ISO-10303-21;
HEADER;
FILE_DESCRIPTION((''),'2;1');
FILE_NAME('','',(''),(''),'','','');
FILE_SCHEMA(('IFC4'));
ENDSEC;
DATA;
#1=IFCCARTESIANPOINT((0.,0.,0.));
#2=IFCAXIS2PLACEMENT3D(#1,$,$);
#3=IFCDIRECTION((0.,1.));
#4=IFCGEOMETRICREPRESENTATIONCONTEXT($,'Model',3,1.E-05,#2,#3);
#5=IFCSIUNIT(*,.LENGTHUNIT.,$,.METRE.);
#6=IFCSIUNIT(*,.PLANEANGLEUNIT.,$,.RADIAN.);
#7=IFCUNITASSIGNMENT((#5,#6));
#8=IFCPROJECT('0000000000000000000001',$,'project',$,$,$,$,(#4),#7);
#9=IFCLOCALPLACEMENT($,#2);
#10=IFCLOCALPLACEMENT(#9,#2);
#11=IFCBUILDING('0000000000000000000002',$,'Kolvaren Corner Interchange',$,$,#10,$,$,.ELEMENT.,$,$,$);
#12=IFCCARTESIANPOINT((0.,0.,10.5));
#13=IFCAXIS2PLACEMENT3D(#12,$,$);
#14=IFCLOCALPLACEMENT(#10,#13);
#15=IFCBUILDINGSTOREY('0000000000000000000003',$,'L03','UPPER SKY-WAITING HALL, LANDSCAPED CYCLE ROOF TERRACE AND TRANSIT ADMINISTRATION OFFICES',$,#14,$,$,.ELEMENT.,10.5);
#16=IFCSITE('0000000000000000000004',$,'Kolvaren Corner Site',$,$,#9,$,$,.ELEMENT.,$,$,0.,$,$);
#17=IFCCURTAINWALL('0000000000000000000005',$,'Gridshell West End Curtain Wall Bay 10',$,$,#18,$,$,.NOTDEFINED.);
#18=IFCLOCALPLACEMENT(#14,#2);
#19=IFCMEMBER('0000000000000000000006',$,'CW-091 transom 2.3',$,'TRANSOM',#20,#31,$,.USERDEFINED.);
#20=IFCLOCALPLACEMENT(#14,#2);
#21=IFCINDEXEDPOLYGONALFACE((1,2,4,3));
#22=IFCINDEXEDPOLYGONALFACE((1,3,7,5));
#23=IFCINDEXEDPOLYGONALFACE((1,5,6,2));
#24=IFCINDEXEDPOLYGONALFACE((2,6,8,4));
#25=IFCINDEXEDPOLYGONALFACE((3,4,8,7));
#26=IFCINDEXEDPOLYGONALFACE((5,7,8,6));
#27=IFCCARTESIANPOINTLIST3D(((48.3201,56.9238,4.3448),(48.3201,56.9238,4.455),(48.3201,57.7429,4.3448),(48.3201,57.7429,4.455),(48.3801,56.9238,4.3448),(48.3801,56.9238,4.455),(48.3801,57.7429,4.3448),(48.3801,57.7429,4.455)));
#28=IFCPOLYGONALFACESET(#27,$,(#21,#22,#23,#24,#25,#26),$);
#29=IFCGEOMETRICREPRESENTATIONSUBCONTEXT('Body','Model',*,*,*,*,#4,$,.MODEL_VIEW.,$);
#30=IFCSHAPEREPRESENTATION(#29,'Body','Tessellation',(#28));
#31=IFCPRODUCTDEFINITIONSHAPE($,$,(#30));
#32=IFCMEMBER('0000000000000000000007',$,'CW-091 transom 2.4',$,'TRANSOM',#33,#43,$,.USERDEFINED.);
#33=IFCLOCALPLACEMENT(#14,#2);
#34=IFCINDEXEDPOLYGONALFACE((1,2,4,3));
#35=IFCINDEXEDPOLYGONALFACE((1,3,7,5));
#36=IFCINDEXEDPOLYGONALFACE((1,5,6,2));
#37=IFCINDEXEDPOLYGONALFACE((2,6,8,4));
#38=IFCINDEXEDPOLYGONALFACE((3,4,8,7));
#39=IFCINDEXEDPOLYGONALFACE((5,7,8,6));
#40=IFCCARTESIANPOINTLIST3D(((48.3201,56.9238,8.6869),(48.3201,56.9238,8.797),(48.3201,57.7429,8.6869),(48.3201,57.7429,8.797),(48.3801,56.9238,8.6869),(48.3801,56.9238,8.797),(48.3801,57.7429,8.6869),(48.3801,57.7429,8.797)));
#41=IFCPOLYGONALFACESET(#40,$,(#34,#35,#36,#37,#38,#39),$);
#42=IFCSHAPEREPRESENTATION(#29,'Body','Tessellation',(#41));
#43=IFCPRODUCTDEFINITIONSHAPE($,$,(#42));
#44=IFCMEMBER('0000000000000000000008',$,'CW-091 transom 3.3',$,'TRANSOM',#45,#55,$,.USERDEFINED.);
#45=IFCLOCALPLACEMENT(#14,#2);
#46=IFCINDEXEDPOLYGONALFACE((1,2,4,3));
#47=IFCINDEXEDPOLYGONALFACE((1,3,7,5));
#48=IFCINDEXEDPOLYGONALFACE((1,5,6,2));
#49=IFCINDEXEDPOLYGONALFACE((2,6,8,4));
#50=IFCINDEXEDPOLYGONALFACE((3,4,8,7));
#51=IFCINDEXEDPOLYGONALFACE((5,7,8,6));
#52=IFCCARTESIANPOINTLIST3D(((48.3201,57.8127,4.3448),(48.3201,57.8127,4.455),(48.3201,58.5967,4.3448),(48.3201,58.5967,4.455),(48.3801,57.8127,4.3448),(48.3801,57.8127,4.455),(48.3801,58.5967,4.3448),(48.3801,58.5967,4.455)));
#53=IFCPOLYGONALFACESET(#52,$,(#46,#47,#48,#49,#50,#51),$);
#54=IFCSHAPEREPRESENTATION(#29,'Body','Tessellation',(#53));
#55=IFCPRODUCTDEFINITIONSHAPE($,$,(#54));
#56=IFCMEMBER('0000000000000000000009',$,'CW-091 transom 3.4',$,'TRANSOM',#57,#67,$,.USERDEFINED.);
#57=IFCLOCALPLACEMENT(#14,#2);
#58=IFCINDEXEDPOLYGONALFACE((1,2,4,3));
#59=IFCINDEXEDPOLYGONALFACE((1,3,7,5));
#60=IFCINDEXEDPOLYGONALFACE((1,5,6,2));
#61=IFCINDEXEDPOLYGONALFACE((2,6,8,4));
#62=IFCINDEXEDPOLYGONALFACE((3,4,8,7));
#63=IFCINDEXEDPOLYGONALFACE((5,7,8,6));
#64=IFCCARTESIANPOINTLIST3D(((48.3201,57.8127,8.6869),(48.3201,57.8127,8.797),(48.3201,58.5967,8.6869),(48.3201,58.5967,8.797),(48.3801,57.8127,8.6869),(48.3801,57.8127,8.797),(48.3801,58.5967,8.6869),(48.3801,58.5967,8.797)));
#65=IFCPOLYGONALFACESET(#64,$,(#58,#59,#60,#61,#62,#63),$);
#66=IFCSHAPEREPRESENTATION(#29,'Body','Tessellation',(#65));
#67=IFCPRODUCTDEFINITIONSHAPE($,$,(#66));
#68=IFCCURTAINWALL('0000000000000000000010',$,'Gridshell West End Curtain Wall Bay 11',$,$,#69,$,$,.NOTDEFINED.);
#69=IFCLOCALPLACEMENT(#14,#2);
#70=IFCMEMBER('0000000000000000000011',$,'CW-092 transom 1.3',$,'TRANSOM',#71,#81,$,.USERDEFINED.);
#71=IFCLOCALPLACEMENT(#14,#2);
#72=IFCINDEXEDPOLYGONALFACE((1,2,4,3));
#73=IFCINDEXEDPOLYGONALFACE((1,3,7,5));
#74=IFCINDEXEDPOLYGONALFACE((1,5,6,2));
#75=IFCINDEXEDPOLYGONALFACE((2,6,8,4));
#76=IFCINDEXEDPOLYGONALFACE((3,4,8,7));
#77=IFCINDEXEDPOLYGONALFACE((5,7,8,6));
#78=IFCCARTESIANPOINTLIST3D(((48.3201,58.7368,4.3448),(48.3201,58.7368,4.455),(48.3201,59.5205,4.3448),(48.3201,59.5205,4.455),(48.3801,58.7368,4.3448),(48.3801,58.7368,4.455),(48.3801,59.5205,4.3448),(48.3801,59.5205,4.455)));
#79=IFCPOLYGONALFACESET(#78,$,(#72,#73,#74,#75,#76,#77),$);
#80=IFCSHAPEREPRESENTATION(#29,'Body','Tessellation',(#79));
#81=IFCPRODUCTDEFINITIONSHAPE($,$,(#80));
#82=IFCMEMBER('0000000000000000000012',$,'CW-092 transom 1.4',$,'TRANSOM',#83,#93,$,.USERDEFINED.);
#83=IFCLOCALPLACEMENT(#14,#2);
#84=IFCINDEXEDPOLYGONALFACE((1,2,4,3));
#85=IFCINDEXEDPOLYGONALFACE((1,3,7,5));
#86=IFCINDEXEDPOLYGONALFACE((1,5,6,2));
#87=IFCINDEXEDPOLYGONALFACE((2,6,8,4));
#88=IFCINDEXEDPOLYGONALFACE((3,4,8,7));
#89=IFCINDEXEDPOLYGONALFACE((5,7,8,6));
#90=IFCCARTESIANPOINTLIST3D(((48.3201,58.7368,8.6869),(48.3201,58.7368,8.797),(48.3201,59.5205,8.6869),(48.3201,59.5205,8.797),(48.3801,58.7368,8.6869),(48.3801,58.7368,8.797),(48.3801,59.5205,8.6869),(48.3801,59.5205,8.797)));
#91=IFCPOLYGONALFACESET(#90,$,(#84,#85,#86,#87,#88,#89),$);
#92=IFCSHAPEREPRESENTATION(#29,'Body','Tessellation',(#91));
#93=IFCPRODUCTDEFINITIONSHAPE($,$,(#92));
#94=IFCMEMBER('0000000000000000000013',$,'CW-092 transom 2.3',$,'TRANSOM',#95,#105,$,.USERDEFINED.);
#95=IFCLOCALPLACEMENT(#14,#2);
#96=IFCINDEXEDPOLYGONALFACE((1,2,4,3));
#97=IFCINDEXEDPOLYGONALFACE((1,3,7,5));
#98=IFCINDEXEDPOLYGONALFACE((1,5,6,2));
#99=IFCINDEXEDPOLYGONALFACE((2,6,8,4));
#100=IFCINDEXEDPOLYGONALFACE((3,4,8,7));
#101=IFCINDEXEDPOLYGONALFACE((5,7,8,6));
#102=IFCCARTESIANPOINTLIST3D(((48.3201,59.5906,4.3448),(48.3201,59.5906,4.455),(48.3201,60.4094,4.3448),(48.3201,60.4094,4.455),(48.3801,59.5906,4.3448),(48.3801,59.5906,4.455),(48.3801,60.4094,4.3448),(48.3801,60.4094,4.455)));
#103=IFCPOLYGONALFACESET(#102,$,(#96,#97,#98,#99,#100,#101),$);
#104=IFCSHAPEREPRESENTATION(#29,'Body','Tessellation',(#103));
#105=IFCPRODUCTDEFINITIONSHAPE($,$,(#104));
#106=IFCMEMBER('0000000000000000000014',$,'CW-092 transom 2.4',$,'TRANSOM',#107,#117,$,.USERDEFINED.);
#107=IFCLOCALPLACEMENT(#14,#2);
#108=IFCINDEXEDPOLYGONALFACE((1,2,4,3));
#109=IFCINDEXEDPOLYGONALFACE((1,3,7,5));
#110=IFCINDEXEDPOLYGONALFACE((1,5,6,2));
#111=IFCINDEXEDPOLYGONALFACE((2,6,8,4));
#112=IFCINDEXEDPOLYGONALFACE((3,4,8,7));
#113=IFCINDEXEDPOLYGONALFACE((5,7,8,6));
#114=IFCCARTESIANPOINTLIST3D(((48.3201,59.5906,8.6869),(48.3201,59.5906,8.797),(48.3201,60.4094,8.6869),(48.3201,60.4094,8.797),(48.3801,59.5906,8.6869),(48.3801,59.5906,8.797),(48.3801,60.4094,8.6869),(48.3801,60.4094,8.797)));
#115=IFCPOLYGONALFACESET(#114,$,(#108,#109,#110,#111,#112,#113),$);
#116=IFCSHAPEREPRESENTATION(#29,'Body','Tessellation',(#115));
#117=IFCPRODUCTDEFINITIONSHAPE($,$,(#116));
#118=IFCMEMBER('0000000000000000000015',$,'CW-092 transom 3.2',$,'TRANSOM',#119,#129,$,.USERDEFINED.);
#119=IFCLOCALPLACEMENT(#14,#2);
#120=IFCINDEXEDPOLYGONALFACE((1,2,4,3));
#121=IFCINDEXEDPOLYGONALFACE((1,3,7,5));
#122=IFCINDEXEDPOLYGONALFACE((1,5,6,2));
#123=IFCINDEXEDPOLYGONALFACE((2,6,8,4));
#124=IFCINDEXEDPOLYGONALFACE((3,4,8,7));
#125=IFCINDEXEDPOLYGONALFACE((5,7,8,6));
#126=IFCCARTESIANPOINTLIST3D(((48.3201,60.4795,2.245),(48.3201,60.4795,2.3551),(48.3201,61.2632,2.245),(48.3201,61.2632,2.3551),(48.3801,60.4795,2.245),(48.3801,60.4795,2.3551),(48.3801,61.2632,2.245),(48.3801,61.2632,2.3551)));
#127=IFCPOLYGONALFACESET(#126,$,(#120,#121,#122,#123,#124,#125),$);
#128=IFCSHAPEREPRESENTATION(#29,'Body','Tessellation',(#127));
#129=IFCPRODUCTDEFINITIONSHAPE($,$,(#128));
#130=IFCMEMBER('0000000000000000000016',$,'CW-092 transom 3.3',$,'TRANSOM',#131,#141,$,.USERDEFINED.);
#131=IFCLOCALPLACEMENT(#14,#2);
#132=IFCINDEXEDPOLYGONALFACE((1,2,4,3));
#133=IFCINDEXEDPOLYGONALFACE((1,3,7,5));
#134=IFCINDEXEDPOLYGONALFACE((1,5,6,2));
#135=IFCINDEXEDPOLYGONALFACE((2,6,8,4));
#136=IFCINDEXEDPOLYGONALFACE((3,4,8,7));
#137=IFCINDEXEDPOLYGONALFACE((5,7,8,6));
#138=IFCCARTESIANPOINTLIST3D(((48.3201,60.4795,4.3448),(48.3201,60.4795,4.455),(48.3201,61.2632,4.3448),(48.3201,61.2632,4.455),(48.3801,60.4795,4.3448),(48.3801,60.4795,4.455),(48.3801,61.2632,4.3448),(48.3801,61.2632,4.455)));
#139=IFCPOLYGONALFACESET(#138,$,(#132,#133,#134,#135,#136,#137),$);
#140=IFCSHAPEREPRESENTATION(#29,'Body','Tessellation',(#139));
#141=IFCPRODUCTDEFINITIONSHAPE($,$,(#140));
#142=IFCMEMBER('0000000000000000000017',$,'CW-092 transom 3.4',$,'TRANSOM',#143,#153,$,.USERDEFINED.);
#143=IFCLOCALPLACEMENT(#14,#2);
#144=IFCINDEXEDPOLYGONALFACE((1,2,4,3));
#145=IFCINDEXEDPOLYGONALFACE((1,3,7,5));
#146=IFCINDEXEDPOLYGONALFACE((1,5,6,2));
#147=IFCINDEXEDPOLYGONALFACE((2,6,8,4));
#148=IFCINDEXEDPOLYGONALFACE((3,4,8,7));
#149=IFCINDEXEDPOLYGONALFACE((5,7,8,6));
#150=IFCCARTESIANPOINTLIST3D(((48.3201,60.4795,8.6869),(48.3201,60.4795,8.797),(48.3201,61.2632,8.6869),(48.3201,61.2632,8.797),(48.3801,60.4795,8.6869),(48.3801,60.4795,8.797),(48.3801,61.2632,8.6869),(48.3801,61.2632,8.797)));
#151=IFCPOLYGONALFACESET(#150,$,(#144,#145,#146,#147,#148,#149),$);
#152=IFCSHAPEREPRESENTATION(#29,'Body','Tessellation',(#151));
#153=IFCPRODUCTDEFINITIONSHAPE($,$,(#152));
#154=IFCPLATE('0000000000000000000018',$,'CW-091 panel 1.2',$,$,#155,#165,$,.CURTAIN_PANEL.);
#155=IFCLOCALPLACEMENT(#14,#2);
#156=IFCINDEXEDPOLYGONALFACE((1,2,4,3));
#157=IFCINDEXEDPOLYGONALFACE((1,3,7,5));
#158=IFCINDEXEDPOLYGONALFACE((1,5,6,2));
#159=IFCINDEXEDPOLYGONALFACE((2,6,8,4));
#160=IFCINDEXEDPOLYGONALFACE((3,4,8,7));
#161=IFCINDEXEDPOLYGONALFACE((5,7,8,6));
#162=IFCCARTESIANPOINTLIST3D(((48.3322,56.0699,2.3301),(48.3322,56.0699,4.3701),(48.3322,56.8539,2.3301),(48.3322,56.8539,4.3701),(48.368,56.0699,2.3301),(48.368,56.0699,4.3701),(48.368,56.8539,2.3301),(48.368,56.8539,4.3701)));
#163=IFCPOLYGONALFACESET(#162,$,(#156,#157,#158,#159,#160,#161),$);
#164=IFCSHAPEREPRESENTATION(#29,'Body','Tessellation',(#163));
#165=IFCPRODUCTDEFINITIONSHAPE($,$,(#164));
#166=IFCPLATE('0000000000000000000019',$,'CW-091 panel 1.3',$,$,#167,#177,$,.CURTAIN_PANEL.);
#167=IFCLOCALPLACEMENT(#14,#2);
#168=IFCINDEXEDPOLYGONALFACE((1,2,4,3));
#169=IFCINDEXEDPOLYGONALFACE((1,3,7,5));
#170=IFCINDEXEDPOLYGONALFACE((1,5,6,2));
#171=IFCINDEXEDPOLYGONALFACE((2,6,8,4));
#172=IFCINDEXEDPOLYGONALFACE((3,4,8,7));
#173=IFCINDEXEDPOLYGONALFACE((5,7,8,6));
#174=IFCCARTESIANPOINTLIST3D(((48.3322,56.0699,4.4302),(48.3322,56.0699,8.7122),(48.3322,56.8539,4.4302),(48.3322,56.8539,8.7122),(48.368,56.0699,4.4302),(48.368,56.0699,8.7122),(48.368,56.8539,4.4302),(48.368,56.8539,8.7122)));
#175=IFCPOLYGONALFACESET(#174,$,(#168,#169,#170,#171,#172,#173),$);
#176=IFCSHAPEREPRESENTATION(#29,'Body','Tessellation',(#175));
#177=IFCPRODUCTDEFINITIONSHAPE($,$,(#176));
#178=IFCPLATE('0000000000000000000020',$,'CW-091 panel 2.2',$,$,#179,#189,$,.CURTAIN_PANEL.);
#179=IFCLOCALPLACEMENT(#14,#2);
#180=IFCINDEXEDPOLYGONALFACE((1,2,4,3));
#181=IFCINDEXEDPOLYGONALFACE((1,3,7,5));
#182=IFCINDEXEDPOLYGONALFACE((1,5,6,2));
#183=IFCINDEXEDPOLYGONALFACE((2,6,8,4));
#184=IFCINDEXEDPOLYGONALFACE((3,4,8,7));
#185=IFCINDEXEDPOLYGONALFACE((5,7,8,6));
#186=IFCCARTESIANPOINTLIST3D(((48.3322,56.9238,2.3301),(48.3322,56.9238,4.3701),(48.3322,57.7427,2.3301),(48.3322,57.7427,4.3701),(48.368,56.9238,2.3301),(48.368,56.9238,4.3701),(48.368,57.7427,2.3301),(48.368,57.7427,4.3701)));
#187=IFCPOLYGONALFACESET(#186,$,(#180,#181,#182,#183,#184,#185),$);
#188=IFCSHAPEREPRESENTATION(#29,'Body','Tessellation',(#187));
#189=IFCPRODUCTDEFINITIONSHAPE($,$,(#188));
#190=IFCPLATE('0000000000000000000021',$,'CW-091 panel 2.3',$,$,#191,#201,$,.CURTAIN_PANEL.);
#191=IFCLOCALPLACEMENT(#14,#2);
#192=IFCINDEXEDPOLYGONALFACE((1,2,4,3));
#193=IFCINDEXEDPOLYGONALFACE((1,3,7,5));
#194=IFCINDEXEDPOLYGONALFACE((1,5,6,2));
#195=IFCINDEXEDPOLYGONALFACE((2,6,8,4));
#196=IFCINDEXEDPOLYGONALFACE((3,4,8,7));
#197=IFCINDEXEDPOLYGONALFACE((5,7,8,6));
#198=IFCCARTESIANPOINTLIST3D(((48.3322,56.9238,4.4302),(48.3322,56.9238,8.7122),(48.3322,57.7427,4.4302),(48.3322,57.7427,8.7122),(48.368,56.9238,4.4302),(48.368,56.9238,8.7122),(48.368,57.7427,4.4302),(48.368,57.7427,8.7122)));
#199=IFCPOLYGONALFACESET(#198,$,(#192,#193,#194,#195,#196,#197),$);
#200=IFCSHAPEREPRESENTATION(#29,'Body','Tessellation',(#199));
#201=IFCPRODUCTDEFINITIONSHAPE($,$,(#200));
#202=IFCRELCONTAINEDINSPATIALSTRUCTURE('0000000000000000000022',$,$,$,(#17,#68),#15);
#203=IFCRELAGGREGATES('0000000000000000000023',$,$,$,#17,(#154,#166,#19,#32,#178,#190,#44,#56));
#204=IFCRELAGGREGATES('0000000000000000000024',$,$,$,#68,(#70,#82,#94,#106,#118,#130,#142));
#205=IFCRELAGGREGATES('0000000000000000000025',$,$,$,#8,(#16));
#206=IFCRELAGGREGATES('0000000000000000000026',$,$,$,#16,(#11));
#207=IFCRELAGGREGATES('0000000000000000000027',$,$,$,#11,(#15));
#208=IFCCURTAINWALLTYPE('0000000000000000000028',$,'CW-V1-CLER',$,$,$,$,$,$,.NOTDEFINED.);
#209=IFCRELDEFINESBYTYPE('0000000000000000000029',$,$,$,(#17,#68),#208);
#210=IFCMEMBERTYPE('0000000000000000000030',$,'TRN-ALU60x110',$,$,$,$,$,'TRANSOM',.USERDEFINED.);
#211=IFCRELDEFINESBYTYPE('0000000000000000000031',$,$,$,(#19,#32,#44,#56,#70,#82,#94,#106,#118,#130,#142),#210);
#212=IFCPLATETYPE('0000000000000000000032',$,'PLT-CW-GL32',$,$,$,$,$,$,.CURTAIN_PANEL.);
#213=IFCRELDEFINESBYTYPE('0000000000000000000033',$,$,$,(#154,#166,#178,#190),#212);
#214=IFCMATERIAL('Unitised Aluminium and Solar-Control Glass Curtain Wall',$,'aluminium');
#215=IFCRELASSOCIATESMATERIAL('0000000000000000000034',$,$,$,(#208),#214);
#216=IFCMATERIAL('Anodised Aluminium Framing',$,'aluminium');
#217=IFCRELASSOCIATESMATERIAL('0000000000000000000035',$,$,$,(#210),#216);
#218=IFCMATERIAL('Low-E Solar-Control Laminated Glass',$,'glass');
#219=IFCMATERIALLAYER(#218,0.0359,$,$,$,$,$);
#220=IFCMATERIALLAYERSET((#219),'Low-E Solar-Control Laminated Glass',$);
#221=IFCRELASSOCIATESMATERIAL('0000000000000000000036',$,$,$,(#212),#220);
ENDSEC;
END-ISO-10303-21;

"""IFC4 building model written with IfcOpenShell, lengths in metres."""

from ifc_helpers import new_model, si_unit, direction, frame, origin, origin_2d, place, context, subcontext, project, spatial, rectangle, extrude, material, layer, layer_set, material_profile, profile_set, type_object, element, aggregate, save


model = new_model("IFC4")

# Units and contexts
model_context = context("Model", 3, precision=1e-05, world=origin(), true_north=direction((0.0, 1.0)))
body_context = subcontext(model_context, "Body", "Model", "MODEL_VIEW")
ifc_project = project(units=[si_unit("LENGTHUNIT", "METRE"), si_unit("PLANEANGLEUNIT", "RADIAN")], contexts=[model_context])

# Site, building, storey
site_placement = place(None, origin())
site = spatial("IfcSite", under=ifc_project, at=site_placement, Name="Kolvaren Corner Site", CompositionType="ELEMENT", RefElevation=0.0)
building_placement = place(site_placement, origin())
building = spatial("IfcBuilding", under=site, at=building_placement, Name="Kolvaren Corner Interchange", CompositionType="ELEMENT")
storey_placement = place(building_placement, frame((0.0, 0.0, 10.5)))
storey = spatial("IfcBuildingStorey", under=building, at=storey_placement, Name="L03", Description="UPPER SKY-WAITING HALL, LANDSCAPED CYCLE ROOF TERRACE AND TRANSIT ADMINISTRATION OFFICES", CompositionType="ELEMENT", Elevation=10.5)

# Curtain walls, members
ifc_material_1 = material(Name="Unitised Aluminium and Solar-Control Glass Curtain Wall", Category="aluminium")
curtain_wall_type = type_object("IfcCurtainWallType", Name="CW-V1-CLER", PredefinedType="NOTDEFINED", material=ifc_material_1)
curtain_wall_1_placement = place(storey_placement, origin())
curtain_wall_1 = element("IfcCurtainWall", 1, at=curtain_wall_1_placement, inside=storey, type_object=curtain_wall_type, Name="Gridshell West End Curtain Wall Bay 10", PredefinedType="NOTDEFINED")
ifc_material_2 = material(Name="Anodised Aluminium Framing", Category="aluminium")
ifc_material_profile = material_profile(ifc_material_2, rectangle(XDim=0.0601, YDim=0.1101, at=origin_2d()), Name="ALU 60x110")
ifc_profile_set = profile_set([ifc_material_profile], Name="Anodised Aluminium Framing")
member_type = type_object("IfcMemberType", Name="TRN-ALU60x110", ElementType="TRANSOM", PredefinedType="USERDEFINED", material=ifc_profile_set)
member_1_placement = place(storey_placement, frame((48.3501, 56.9238, 4.3999), z_axis=(0.0, 1.0, 0.0), x_axis=(-1.0, 0.0, 0.0)))
member_1 = element("IfcMember", 2, at=member_1_placement, type_object=member_type, Name="CW-091 transom 2.3", ObjectType="TRANSOM", PredefinedType="USERDEFINED", context=body_context, shape_type="SweptSolid", body=[
    extrude(rectangle(XDim=0.0601, YDim=0.1101, at=origin_2d()), origin(), (0.0, 0.0, 1.0), 0.8191),
])
member_2_placement = place(storey_placement, frame((48.3501, 56.9238, 8.7419), z_axis=(0.0, 1.0, 0.0), x_axis=(-1.0, 0.0, 0.0)))
member_2 = element("IfcMember", 3, at=member_2_placement, type_object=member_type, Name="CW-091 transom 2.4", ObjectType="TRANSOM", PredefinedType="USERDEFINED", context=body_context, shape_type="SweptSolid", body=[
    extrude(rectangle(XDim=0.0601, YDim=0.1101, at=origin_2d()), origin(), (0.0, 0.0, 1.0), 0.8191),
])
member_3_placement = place(storey_placement, frame((48.3501, 57.8127, 4.3999), z_axis=(0.0, 1.0, 0.0), x_axis=(-1.0, 0.0, 0.0)))
member_3 = element("IfcMember", 4, at=member_3_placement, type_object=member_type, Name="CW-091 transom 3.3", ObjectType="TRANSOM", PredefinedType="USERDEFINED", context=body_context, shape_type="SweptSolid", body=[
    extrude(rectangle(XDim=0.0601, YDim=0.1101, at=origin_2d()), origin(), (0.0, 0.0, 1.0), 0.7839),
])
member_4_placement = place(storey_placement, frame((48.3501, 57.8127, 8.7419), z_axis=(0.0, 1.0, 0.0), x_axis=(-1.0, 0.0, 0.0)))
member_4 = element("IfcMember", 5, at=member_4_placement, type_object=member_type, Name="CW-091 transom 3.4", ObjectType="TRANSOM", PredefinedType="USERDEFINED", context=body_context, shape_type="SweptSolid", body=[
    extrude(rectangle(XDim=0.0601, YDim=0.1101, at=origin_2d()), origin(), (0.0, 0.0, 1.0), 0.7839),
])
curtain_wall_2_placement = place(storey_placement, origin())
curtain_wall_2 = element("IfcCurtainWall", 6, at=curtain_wall_2_placement, inside=storey, type_object=curtain_wall_type, Name="Gridshell West End Curtain Wall Bay 11", PredefinedType="NOTDEFINED")
member_5_placement = place(storey_placement, frame((48.3501, 58.7368, 4.3999), z_axis=(0.0, 1.0, 0.0), x_axis=(-1.0, 0.0, 0.0)))
member_5 = element("IfcMember", 7, at=member_5_placement, type_object=member_type, Name="CW-092 transom 1.3", ObjectType="TRANSOM", PredefinedType="USERDEFINED", context=body_context, shape_type="SweptSolid", body=[
    extrude(rectangle(XDim=0.0601, YDim=0.1101, at=origin_2d()), origin(), (0.0, 0.0, 1.0), 0.7837),
])
member_6_placement = place(storey_placement, frame((48.3501, 58.7368, 8.7419), z_axis=(0.0, 1.0, 0.0), x_axis=(-1.0, 0.0, 0.0)))
member_6 = element("IfcMember", 8, at=member_6_placement, type_object=member_type, Name="CW-092 transom 1.4", ObjectType="TRANSOM", PredefinedType="USERDEFINED", context=body_context, shape_type="SweptSolid", body=[
    extrude(rectangle(XDim=0.0601, YDim=0.1101, at=origin_2d()), origin(), (0.0, 0.0, 1.0), 0.7837),
])
member_7_placement = place(storey_placement, frame((48.3501, 59.5906, 4.3999), z_axis=(0.0, 1.0, 0.0), x_axis=(-1.0, 0.0, 0.0)))
member_7 = element("IfcMember", 9, at=member_7_placement, type_object=member_type, Name="CW-092 transom 2.3", ObjectType="TRANSOM", PredefinedType="USERDEFINED", context=body_context, shape_type="SweptSolid", body=[
    extrude(rectangle(XDim=0.0601, YDim=0.1101, at=origin_2d()), origin(), (0.0, 0.0, 1.0), 0.8188),
])
member_8_placement = place(storey_placement, frame((48.3501, 59.5906, 8.7419), z_axis=(0.0, 1.0, 0.0), x_axis=(-1.0, 0.0, 0.0)))
member_8 = element("IfcMember", 10, at=member_8_placement, type_object=member_type, Name="CW-092 transom 2.4", ObjectType="TRANSOM", PredefinedType="USERDEFINED", context=body_context, shape_type="SweptSolid", body=[
    extrude(rectangle(XDim=0.0601, YDim=0.1101, at=origin_2d()), origin(), (0.0, 0.0, 1.0), 0.8188),
])
member_9_placement = place(storey_placement, frame((48.3501, 60.4795, 2.3), z_axis=(0.0, 1.0, 0.0), x_axis=(-1.0, 0.0, 0.0)))
member_9 = element("IfcMember", 11, at=member_9_placement, type_object=member_type, Name="CW-092 transom 3.2", ObjectType="TRANSOM", PredefinedType="USERDEFINED", context=body_context, shape_type="SweptSolid", body=[
    extrude(rectangle(XDim=0.0601, YDim=0.1101, at=origin_2d()), origin(), (0.0, 0.0, 1.0), 0.7837),
])
member_10_placement = place(storey_placement, frame((48.3501, 60.4795, 4.3999), z_axis=(0.0, 1.0, 0.0), x_axis=(-1.0, 0.0, 0.0)))
member_10 = element("IfcMember", 12, at=member_10_placement, type_object=member_type, Name="CW-092 transom 3.3", ObjectType="TRANSOM", PredefinedType="USERDEFINED", context=body_context, shape_type="SweptSolid", body=[
    extrude(rectangle(XDim=0.0601, YDim=0.1101, at=origin_2d()), origin(), (0.0, 0.0, 1.0), 0.7837),
])
member_11_placement = place(storey_placement, frame((48.3501, 60.4795, 8.7419), z_axis=(0.0, 1.0, 0.0), x_axis=(-1.0, 0.0, 0.0)))
member_11 = element("IfcMember", 13, at=member_11_placement, type_object=member_type, Name="CW-092 transom 3.4", ObjectType="TRANSOM", PredefinedType="USERDEFINED", context=body_context, shape_type="SweptSolid", body=[
    extrude(rectangle(XDim=0.0601, YDim=0.1101, at=origin_2d()), origin(), (0.0, 0.0, 1.0), 0.7837),
])

# Plates
ifc_material_3 = material(Name="Low-E Solar-Control Laminated Glass", Category="glass")
ifc_layer = layer(ifc_material_3, 0.0359)
ifc_layer_set = layer_set([ifc_layer], Name="Low-E Solar-Control Laminated Glass")
plate_type = type_object("IfcPlateType", Name="PLT-CW-GL32", PredefinedType="CURTAIN_PANEL", material=ifc_layer_set)
plate_1_placement = place(storey_placement, frame((48.3501, 56.4619, 2.3301), z_axis=(0.0, 0.0, 1.0), x_axis=(0.0, 1.0, 0.0)))
plate_1 = element("IfcPlate", 14, at=plate_1_placement, type_object=plate_type, Name="CW-091 panel 1.2", PredefinedType="CURTAIN_PANEL", context=body_context, shape_type="SweptSolid", body=[
    extrude(rectangle(XDim=0.7839, YDim=0.0359, at=origin_2d()), origin(), (0.0, 0.0, 1.0), 2.04),
])
plate_2_placement = place(storey_placement, frame((48.3501, 56.4619, 4.4302), z_axis=(0.0, 0.0, 1.0), x_axis=(0.0, 1.0, 0.0)))
plate_2 = element("IfcPlate", 15, at=plate_2_placement, type_object=plate_type, Name="CW-091 panel 1.3", PredefinedType="CURTAIN_PANEL", context=body_context, shape_type="SweptSolid", body=[
    extrude(rectangle(XDim=0.7839, YDim=0.0359, at=origin_2d()), origin(), (0.0, 0.0, 1.0), 4.282),
])
plate_3_placement = place(storey_placement, frame((48.3501, 57.3333, 2.3301), z_axis=(0.0, 0.0, 1.0), x_axis=(0.0, 1.0, 0.0)))
plate_3 = element("IfcPlate", 16, at=plate_3_placement, type_object=plate_type, Name="CW-091 panel 2.2", PredefinedType="CURTAIN_PANEL", context=body_context, shape_type="SweptSolid", body=[
    extrude(rectangle(XDim=0.8188, YDim=0.0359, at=origin_2d()), origin(), (0.0, 0.0, 1.0), 2.04),
])
plate_4_placement = place(storey_placement, frame((48.3501, 57.3333, 4.4302), z_axis=(0.0, 0.0, 1.0), x_axis=(0.0, 1.0, 0.0)))
plate_4 = element("IfcPlate", 17, at=plate_4_placement, type_object=plate_type, Name="CW-091 panel 2.3", PredefinedType="CURTAIN_PANEL", context=body_context, shape_type="SweptSolid", body=[
    extrude(rectangle(XDim=0.8188, YDim=0.0359, at=origin_2d()), origin(), (0.0, 0.0, 1.0), 4.282),
])
aggregate(curtain_wall_1, [plate_1, plate_2, member_1, member_2, plate_3, plate_4, member_3, member_4])
aggregate(curtain_wall_2, [member_5, member_6, member_7, member_8, member_9, member_10, member_11])

save(model, "model.ifc")
